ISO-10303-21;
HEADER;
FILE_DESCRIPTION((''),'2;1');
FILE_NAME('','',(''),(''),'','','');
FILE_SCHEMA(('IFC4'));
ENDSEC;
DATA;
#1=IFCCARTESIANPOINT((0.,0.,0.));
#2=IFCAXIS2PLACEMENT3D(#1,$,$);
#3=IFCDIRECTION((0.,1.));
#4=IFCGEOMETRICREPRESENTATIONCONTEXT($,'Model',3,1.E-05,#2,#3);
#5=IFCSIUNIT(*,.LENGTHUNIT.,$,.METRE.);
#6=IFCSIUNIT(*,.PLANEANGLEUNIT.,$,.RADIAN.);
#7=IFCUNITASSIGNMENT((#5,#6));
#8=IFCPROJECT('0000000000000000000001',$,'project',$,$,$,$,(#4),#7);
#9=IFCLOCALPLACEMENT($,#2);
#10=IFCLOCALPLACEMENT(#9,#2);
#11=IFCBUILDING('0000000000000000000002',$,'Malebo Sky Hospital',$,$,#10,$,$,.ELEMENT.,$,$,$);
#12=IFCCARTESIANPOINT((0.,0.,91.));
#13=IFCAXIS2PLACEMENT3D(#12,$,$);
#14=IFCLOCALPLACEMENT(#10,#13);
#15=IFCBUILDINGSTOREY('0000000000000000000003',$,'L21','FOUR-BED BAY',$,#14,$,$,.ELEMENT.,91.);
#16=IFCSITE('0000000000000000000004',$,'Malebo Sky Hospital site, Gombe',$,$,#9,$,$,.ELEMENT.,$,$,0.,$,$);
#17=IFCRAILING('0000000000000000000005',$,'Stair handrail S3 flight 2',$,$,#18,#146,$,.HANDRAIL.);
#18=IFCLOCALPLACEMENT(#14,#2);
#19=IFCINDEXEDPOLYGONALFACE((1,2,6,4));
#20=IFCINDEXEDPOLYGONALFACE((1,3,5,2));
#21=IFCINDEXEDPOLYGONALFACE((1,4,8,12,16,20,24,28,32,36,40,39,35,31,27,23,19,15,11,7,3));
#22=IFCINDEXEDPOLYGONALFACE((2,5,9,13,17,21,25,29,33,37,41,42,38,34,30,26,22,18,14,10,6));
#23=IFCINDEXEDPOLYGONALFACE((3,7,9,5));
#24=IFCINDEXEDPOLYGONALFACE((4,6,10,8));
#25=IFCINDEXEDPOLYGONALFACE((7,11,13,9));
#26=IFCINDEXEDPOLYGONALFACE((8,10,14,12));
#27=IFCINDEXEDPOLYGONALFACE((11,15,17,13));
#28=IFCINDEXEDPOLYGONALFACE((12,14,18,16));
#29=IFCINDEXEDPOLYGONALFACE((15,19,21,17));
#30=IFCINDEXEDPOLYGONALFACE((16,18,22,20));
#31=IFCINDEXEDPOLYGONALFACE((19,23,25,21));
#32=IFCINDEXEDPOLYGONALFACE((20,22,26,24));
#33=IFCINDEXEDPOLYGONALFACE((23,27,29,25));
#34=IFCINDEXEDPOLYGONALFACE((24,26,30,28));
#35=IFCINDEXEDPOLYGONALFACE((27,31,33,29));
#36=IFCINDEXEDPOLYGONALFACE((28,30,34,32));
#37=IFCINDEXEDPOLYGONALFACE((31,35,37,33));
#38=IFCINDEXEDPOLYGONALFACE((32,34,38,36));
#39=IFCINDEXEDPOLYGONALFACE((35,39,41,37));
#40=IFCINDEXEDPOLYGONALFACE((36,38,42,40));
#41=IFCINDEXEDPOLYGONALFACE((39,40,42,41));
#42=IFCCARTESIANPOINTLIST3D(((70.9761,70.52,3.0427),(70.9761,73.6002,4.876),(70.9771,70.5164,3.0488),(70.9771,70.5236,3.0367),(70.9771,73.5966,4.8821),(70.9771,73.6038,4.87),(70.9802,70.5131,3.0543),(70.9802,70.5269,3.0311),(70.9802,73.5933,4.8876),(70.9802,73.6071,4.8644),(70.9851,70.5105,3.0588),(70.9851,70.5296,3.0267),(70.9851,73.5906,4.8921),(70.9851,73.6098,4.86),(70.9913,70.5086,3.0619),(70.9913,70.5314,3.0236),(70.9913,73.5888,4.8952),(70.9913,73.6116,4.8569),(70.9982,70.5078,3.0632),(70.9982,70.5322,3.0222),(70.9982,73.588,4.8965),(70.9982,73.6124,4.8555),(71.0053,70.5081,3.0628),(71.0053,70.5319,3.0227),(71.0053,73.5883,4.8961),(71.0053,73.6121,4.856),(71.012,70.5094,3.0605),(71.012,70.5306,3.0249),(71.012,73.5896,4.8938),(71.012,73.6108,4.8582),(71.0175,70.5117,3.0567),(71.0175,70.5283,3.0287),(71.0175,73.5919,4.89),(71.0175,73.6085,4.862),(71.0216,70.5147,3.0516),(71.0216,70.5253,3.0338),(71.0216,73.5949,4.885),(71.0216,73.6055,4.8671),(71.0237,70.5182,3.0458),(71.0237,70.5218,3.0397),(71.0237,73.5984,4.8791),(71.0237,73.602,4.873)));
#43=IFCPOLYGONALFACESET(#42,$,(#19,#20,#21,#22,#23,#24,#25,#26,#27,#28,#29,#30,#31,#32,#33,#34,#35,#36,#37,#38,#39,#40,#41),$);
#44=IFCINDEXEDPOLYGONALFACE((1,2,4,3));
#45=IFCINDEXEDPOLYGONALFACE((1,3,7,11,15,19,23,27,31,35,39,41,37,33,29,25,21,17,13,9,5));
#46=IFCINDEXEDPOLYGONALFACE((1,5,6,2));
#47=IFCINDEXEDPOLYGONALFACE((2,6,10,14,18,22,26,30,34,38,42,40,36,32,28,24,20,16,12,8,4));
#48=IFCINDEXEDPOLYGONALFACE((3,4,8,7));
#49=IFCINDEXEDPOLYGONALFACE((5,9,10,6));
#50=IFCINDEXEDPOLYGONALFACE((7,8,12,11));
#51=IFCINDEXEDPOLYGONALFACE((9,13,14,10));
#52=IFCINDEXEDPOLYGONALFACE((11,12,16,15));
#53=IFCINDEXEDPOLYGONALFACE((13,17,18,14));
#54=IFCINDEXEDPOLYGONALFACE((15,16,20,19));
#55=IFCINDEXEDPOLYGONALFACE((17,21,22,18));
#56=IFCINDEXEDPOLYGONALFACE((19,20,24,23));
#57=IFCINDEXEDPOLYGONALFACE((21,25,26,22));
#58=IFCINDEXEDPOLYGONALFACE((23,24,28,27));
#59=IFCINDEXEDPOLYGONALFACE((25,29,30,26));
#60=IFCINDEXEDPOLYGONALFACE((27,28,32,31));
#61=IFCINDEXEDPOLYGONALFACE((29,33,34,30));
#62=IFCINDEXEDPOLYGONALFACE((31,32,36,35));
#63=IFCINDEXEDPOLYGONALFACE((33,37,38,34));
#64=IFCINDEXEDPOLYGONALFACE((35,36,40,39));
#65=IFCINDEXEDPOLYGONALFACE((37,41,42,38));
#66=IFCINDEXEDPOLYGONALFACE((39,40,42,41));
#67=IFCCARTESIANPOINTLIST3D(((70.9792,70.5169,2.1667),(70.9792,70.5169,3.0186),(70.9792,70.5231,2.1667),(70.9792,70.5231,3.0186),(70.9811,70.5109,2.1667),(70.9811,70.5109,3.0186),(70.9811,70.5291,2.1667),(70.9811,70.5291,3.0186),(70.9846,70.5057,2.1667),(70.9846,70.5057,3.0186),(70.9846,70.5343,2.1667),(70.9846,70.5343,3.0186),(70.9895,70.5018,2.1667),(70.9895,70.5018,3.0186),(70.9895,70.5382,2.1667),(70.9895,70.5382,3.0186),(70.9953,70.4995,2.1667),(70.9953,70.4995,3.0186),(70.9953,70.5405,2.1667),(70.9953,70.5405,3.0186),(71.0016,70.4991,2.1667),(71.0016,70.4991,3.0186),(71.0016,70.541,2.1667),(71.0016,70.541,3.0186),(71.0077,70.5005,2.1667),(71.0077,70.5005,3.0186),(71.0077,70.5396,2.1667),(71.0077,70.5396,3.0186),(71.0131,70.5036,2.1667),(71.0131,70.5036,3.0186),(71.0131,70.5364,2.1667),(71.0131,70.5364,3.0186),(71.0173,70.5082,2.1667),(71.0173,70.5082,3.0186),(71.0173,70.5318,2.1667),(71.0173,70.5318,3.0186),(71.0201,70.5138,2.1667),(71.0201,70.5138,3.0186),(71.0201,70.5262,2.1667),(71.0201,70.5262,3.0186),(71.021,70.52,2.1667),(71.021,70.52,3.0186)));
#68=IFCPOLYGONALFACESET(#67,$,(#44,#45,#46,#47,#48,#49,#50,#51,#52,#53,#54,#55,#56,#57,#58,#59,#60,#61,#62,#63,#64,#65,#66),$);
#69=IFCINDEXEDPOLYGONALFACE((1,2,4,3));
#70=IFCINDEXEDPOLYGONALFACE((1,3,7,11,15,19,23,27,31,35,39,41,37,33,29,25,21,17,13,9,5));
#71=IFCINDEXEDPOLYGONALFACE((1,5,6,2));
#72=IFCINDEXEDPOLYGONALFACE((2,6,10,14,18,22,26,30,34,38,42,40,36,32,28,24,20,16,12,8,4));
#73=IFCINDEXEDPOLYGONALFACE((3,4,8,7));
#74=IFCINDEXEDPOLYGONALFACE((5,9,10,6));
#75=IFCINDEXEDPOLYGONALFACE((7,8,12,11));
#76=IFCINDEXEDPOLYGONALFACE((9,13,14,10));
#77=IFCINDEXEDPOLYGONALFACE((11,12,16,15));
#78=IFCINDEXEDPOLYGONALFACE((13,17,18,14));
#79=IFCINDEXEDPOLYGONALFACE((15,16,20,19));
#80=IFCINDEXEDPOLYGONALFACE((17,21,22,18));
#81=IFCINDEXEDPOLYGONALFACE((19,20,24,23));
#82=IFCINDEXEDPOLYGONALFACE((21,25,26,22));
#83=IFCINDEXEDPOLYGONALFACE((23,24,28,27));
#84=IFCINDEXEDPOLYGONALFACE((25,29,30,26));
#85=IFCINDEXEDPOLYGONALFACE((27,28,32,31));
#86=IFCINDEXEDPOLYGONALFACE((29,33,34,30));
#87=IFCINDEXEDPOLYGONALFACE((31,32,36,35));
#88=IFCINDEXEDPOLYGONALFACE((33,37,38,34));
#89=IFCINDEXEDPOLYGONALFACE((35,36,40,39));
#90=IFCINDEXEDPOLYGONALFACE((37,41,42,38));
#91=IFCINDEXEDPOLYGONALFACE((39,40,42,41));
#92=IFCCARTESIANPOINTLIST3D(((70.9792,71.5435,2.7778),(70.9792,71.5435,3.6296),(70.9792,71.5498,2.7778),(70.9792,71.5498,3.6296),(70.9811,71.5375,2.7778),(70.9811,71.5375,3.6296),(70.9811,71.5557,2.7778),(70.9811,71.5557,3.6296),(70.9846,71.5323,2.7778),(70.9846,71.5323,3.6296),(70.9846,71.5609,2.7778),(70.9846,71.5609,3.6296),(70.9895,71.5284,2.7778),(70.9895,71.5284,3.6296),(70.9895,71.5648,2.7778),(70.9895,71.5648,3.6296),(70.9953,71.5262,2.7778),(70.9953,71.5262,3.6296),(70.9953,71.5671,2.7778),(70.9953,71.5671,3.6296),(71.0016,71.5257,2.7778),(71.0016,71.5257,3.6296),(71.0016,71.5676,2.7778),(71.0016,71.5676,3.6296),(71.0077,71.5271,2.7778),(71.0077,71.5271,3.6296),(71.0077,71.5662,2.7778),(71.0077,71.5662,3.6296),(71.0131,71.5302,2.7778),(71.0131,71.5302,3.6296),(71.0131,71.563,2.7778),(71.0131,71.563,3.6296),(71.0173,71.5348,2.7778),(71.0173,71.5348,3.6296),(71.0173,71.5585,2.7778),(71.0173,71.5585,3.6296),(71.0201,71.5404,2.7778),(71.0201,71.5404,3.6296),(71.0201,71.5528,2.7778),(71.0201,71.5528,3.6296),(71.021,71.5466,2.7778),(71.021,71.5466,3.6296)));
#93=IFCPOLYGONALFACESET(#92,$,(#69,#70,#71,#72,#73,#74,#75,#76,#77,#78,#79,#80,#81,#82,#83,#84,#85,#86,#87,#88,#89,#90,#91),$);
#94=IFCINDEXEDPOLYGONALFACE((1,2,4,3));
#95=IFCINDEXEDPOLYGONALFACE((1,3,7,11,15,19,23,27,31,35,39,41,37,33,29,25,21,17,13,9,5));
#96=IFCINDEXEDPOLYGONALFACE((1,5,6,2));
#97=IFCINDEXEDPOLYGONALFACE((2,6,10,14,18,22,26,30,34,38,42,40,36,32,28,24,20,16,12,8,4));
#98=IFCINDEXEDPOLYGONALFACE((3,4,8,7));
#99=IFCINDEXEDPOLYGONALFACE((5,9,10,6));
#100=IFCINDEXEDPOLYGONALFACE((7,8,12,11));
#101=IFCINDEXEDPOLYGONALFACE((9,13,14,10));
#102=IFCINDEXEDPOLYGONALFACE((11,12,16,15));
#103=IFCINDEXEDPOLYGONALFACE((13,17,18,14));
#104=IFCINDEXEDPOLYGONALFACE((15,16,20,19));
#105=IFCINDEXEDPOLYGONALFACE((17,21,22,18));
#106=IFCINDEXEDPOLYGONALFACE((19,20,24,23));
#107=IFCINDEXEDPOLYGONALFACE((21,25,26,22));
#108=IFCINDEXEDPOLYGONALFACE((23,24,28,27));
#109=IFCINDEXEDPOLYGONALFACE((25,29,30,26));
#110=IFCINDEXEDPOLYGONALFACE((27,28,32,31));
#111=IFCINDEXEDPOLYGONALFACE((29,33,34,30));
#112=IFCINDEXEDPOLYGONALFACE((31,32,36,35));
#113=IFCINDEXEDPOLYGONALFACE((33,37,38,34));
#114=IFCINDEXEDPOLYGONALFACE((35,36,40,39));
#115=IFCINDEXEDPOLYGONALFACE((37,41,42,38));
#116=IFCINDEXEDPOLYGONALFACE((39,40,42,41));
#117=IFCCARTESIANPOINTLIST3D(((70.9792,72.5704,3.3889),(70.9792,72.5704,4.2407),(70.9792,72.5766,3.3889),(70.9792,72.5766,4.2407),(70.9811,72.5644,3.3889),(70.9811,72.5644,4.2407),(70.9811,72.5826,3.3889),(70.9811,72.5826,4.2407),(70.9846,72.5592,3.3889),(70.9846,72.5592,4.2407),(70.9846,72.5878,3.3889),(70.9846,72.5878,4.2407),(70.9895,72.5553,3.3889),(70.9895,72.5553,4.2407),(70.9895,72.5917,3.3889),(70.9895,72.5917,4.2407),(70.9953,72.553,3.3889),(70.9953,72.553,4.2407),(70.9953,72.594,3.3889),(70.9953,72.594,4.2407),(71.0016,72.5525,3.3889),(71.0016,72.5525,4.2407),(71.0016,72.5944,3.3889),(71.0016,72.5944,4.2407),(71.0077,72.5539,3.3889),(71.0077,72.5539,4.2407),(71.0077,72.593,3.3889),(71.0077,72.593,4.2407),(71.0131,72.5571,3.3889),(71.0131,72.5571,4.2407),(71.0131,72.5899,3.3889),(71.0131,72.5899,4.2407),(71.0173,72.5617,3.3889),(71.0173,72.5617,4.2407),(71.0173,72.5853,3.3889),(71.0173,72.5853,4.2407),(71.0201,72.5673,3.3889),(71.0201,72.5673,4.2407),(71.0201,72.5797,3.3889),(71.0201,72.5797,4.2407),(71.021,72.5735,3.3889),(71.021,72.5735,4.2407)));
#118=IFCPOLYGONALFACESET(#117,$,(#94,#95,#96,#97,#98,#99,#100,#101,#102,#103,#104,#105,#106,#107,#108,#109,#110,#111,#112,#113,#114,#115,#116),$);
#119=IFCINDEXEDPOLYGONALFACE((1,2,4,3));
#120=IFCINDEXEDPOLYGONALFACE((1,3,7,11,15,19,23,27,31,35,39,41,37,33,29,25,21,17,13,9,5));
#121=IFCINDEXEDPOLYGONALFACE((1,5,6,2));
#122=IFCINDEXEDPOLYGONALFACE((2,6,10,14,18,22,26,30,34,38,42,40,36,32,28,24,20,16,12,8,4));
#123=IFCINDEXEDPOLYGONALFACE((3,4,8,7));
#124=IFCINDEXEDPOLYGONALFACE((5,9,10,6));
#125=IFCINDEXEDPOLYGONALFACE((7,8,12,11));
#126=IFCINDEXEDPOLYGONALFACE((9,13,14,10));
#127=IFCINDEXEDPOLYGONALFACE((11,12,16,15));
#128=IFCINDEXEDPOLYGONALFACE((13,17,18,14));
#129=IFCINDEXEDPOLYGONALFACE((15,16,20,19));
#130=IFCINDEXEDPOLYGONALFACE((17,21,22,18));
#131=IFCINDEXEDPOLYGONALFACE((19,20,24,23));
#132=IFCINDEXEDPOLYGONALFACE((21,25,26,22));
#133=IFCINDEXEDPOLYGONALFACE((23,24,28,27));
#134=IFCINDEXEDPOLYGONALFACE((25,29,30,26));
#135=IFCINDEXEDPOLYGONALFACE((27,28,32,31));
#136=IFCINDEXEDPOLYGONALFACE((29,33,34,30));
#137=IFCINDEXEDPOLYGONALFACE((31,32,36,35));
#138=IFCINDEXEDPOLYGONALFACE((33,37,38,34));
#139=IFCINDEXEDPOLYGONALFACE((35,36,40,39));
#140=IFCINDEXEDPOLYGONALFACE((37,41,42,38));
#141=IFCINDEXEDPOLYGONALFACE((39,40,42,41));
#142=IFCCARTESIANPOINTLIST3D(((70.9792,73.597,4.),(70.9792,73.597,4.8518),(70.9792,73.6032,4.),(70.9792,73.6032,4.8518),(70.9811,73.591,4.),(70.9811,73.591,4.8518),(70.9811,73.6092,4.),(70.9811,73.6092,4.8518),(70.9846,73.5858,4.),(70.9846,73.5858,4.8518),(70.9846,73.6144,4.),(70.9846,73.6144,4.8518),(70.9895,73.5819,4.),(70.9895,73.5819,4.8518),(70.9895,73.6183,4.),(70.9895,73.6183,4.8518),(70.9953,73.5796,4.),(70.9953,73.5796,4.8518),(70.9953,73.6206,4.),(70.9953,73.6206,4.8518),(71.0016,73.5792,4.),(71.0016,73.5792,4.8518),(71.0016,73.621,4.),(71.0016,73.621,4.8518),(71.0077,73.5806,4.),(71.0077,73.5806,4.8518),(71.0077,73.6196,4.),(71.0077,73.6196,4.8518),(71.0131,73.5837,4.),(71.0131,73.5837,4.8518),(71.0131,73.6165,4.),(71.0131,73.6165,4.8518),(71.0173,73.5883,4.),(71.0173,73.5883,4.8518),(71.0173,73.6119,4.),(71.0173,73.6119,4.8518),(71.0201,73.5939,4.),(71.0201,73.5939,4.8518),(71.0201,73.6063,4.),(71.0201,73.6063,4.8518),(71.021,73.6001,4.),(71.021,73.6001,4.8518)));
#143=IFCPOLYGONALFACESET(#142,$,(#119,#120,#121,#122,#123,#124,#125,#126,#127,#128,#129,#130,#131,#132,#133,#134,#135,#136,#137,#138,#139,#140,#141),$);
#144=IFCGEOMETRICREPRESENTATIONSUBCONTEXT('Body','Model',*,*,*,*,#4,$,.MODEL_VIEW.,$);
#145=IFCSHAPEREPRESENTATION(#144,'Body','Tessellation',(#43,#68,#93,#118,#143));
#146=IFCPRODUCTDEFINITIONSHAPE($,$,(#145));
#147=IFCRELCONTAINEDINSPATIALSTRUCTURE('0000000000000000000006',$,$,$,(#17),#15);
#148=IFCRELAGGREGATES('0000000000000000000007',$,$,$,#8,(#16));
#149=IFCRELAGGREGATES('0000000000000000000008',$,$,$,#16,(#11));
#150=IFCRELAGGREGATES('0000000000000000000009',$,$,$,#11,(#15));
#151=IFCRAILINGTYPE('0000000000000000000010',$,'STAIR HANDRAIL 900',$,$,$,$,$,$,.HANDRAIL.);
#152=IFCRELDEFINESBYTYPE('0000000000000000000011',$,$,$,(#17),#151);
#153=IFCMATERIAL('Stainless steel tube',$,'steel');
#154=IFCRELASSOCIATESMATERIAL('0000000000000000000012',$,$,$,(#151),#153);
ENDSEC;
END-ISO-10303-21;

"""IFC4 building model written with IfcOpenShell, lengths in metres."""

from ifc_helpers import new_model, si_unit, direction, frame, origin, origin_2d, place, context, subcontext, project, spatial, circle, extrude, material, type_object, element, save


model = new_model("IFC4")

# Units and contexts
model_context = context("Model", 3, precision=1e-05, world=origin(), true_north=direction((0.0, 1.0)))
body_context = subcontext(model_context, "Body", "Model", "MODEL_VIEW")
ifc_project = project(units=[si_unit("LENGTHUNIT", "METRE"), si_unit("PLANEANGLEUNIT", "RADIAN")], contexts=[model_context])

# Site, building, storey
site_placement = place(None, origin())
site = spatial("IfcSite", under=ifc_project, at=site_placement, Name="Malebo Sky Hospital site, Gombe", CompositionType="ELEMENT", RefElevation=0.0)
building_placement = place(site_placement, origin())
building = spatial("IfcBuilding", under=site, at=building_placement, Name="Malebo Sky Hospital", CompositionType="ELEMENT")
storey_placement = place(building_placement, frame((0.0, 0.0, 91.0)))
storey = spatial("IfcBuildingStorey", under=building, at=storey_placement, Name="L21", Description="FOUR-BED BAY", CompositionType="ELEMENT", Elevation=91.0)

# Railing
ifc_material_1 = material(Name="Stainless steel tube", Category="steel")
railing_type = type_object("IfcRailingType", Name="STAIR HANDRAIL 900", PredefinedType="HANDRAIL", material=ifc_material_1)
railing_placement = place(storey_placement, frame((71.0, 70.52, 2.1667)))
element("IfcRailing", 1, at=railing_placement, inside=storey, type_object=railing_type, Name="Stair handrail S3 flight 2", PredefinedType="HANDRAIL", context=body_context, shape_type="SweptSolid", body=[
    extrude(circle(Radius=0.0239, at=origin_2d()), frame((0.0, 0.0, 0.876), z_axis=(0.0, 0.859309, 0.511458), x_axis=(-1.0, 0.0, 0.0)), (0.0, 0.0, 1.0), 3.5845),
    extrude(circle(Radius=0.021, at=origin_2d()), origin(), (0.0, 0.0, 1.0), 0.8518),
    extrude(circle(Radius=0.021, at=origin_2d()), frame((0.0, 1.0266, 0.6111)), (0.0, 0.0, 1.0), 0.8518),
    extrude(circle(Radius=0.021, at=origin_2d()), frame((0.0, 2.0535, 1.2222)), (0.0, 0.0, 1.0), 0.8518),
    extrude(circle(Radius=0.021, at=origin_2d()), frame((0.0, 3.0801, 1.8333)), (0.0, 0.0, 1.0), 0.8518),
])

save(model, "model.ifc")
